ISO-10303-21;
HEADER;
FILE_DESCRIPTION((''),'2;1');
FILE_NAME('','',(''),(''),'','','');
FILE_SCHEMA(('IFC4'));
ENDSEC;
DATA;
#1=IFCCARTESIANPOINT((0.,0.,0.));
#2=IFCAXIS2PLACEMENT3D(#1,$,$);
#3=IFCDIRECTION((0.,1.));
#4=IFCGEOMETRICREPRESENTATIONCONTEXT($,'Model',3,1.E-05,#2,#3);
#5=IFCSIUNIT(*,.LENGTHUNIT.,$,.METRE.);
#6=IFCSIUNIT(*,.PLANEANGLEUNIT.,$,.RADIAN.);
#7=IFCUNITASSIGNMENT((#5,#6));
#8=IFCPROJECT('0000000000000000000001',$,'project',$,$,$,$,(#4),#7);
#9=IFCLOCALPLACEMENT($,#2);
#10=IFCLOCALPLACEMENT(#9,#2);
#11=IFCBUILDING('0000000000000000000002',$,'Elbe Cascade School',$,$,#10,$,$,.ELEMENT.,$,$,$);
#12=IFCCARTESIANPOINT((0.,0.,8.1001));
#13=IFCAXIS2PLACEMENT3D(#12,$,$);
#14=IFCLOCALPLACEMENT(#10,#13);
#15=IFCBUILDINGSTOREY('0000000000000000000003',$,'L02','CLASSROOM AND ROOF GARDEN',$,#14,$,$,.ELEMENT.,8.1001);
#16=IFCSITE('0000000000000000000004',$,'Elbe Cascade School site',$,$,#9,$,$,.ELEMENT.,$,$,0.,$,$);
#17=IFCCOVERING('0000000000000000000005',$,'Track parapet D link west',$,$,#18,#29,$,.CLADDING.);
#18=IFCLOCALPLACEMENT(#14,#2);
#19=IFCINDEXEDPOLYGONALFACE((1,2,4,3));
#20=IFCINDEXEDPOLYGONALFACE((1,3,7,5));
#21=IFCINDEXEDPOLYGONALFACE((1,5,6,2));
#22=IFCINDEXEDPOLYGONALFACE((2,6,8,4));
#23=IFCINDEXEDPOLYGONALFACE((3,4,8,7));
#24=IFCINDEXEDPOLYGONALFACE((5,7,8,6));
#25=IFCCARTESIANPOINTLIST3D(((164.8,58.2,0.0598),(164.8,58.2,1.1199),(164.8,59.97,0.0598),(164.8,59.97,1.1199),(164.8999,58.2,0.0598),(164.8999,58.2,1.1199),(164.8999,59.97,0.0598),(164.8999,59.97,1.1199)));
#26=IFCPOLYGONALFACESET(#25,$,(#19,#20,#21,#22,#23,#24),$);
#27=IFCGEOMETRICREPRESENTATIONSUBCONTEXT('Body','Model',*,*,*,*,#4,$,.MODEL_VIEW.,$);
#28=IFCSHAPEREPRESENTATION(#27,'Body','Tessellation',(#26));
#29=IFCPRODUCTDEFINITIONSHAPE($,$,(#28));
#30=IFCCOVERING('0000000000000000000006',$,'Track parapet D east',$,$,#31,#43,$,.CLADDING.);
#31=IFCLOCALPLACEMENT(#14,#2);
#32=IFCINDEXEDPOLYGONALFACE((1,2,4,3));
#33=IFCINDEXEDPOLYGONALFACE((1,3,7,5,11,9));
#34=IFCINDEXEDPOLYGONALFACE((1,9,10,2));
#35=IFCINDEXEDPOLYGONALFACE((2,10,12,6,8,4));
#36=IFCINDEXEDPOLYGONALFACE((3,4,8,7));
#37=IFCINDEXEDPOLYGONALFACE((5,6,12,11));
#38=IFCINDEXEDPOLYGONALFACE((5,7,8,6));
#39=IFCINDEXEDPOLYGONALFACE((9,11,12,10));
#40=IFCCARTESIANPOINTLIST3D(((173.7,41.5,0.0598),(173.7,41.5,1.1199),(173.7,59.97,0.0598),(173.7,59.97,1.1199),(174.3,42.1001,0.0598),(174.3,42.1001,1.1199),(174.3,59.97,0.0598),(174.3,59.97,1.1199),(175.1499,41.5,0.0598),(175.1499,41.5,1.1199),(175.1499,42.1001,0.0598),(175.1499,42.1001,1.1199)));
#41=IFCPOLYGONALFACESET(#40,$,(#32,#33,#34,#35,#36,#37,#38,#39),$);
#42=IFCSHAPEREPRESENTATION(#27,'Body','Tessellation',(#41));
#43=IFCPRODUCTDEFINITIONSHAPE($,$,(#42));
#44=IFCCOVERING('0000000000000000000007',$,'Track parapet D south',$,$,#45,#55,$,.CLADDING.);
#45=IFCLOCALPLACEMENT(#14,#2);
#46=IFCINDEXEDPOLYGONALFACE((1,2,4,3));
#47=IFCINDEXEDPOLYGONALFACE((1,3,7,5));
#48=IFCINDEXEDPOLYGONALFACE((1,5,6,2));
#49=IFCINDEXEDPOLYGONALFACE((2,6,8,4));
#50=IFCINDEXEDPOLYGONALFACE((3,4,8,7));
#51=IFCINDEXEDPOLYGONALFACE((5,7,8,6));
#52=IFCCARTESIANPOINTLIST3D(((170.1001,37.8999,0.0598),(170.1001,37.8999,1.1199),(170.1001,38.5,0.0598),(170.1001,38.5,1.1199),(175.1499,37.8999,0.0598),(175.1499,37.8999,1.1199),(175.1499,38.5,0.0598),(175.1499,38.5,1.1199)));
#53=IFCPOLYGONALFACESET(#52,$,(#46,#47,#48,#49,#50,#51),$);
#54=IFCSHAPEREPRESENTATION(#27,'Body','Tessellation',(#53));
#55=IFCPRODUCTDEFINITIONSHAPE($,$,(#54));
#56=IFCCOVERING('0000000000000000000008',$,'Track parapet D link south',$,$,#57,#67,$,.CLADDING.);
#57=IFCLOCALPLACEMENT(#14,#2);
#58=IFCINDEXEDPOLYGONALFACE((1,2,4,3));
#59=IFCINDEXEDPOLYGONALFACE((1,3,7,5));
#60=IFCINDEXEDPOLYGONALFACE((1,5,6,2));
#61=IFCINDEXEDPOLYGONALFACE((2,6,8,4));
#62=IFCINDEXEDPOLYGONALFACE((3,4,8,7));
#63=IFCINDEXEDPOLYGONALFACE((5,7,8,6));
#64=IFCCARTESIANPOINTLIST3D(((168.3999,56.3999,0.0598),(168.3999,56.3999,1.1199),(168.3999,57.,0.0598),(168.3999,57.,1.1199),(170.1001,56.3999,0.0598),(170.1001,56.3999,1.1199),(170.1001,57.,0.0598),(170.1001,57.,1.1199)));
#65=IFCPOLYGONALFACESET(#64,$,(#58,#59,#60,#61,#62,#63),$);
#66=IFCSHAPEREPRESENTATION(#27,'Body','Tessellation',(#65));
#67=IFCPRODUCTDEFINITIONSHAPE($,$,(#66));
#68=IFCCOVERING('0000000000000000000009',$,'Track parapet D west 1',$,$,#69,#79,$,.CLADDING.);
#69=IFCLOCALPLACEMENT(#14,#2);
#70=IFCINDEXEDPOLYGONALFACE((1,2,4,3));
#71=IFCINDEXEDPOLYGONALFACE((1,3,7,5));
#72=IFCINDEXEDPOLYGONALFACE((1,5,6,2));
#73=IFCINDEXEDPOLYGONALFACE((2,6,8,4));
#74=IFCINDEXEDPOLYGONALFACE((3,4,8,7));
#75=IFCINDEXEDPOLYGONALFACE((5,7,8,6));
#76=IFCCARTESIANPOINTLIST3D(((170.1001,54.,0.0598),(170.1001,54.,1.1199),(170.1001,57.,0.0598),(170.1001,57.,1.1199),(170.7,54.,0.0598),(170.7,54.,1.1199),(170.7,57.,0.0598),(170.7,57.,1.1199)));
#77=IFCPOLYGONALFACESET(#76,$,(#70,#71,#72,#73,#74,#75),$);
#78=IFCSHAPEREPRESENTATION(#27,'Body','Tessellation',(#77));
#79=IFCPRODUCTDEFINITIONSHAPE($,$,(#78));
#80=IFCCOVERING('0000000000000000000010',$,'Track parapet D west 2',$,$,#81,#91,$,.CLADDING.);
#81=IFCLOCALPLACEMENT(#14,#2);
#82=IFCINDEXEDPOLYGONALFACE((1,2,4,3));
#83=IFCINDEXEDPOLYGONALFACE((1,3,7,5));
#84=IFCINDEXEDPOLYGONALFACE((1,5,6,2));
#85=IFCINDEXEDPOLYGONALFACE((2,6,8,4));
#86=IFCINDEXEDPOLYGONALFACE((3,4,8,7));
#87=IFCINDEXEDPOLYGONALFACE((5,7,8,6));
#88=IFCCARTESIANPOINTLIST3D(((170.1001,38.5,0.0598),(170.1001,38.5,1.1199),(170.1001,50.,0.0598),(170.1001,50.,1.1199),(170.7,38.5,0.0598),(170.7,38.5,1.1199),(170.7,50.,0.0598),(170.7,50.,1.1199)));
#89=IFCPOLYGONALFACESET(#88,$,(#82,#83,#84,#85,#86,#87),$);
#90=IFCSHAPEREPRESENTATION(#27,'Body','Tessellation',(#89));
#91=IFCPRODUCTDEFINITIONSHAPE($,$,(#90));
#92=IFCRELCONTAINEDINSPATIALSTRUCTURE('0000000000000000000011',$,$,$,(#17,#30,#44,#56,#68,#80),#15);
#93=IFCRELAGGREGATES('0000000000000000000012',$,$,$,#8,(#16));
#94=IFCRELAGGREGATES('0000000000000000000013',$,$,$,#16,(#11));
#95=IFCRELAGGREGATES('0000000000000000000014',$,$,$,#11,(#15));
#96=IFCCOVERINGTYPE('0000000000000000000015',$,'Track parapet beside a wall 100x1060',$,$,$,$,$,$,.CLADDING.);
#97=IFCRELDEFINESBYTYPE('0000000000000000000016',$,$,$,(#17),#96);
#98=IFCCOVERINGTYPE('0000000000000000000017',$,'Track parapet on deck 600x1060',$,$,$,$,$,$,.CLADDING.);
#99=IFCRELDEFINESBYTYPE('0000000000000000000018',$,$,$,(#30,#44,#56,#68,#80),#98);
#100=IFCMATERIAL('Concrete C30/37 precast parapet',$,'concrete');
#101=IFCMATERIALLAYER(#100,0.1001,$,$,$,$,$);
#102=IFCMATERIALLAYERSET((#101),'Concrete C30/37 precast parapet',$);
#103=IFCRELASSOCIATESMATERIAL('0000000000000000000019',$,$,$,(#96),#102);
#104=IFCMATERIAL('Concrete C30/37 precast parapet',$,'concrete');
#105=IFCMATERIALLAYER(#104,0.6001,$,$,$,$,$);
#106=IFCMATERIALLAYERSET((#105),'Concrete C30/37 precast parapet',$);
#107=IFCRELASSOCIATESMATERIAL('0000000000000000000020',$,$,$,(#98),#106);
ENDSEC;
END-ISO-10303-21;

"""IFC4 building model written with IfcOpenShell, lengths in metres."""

from ifc_helpers import new_model, si_unit, direction, frame, origin, place, context, subcontext, project, spatial, polyline, outline, extrude, material, layer, layer_set, type_object, element, save


model = new_model("IFC4")

# Units and contexts
model_context = context("Model", 3, precision=1e-05, world=origin(), true_north=direction((0.0, 1.0)))
body_context = subcontext(model_context, "Body", "Model", "MODEL_VIEW")
ifc_project = project(units=[si_unit("LENGTHUNIT", "METRE"), si_unit("PLANEANGLEUNIT", "RADIAN")], contexts=[model_context])

# Site, building, storey
site_placement = place(None, origin())
site = spatial("IfcSite", under=ifc_project, at=site_placement, Name="Elbe Cascade School site", CompositionType="ELEMENT", RefElevation=0.0)
building_placement = place(site_placement, origin())
building = spatial("IfcBuilding", under=site, at=building_placement, Name="Elbe Cascade School", CompositionType="ELEMENT")
storey_placement = place(building_placement, frame((0.0, 0.0, 8.1001)))
storey = spatial("IfcBuildingStorey", under=building, at=storey_placement, Name="L02", Description="CLASSROOM AND ROOF GARDEN", CompositionType="ELEMENT", Elevation=8.1001)

# Coverings
ifc_material_1 = material(Name="Concrete C30/37 precast parapet", Category="concrete")
ifc_layer_1 = layer(ifc_material_1, 0.1001)
ifc_layer_set_1 = layer_set([ifc_layer_1], Name="Concrete C30/37 precast parapet")
covering_type_1 = type_object("IfcCoveringType", Name="Track parapet beside a wall 100x1060", PredefinedType="CLADDING", material=ifc_layer_set_1)
covering_1_placement = place(storey_placement, frame((0.0, 0.0, 0.0598)))
element("IfcCovering", 1, at=covering_1_placement, inside=storey, type_object=covering_type_1, Name="Track parapet D link west", PredefinedType="CLADDING", context=body_context, shape_type="SweptSolid", body=[
    extrude(outline(polyline([(164.8, 58.2), (164.8999, 58.2), (164.8999, 59.97), (164.8, 59.97), (164.8, 58.2)])), origin(), (0.0, 0.0, 1.0), 1.0601),
])
ifc_material_2 = material(Name="Concrete C30/37 precast parapet", Category="concrete")
ifc_layer_2 = layer(ifc_material_2, 0.6001)
ifc_layer_set_2 = layer_set([ifc_layer_2], Name="Concrete C30/37 precast parapet")
covering_type_2 = type_object("IfcCoveringType", Name="Track parapet on deck 600x1060", PredefinedType="CLADDING", material=ifc_layer_set_2)
covering_2_placement = place(storey_placement, frame((0.0, 0.0, 0.0598)))
element("IfcCovering", 2, at=covering_2_placement, inside=storey, type_object=covering_type_2, Name="Track parapet D east", PredefinedType="CLADDING", context=body_context, shape_type="SweptSolid", body=[
    extrude(outline(polyline([(173.7, 59.97), (174.3, 59.97), (174.3, 42.1001), (175.1499, 42.1001), (175.1499, 41.5), (173.7, 41.5), (173.7, 59.97)])), origin(), (0.0, 0.0, 1.0), 1.0601),
])
covering_3_placement = place(storey_placement, frame((0.0, 0.0, 0.0598)))
element("IfcCovering", 3, at=covering_3_placement, inside=storey, type_object=covering_type_2, Name="Track parapet D south", PredefinedType="CLADDING", context=body_context, shape_type="SweptSolid", body=[
    extrude(outline(polyline([(170.1001, 37.8999), (175.1499, 37.8999), (175.1499, 38.5), (170.1001, 38.5), (170.1001, 37.8999)])), origin(), (0.0, 0.0, 1.0), 1.0601),
])
covering_4_placement = place(storey_placement, frame((0.0, 0.0, 0.0598)))
element("IfcCovering", 4, at=covering_4_placement, inside=storey, type_object=covering_type_2, Name="Track parapet D link south", PredefinedType="CLADDING", context=body_context, shape_type="SweptSolid", body=[
    extrude(outline(polyline([(168.3999, 56.3999), (170.1001, 56.3999), (170.1001, 57.0), (168.3999, 57.0), (168.3999, 56.3999)])), origin(), (0.0, 0.0, 1.0), 1.0601),
])
covering_5_placement = place(storey_placement, frame((0.0, 0.0, 0.0598)))
element("IfcCovering", 5, at=covering_5_placement, inside=storey, type_object=covering_type_2, Name="Track parapet D west 1", PredefinedType="CLADDING", context=body_context, shape_type="SweptSolid", body=[
    extrude(outline(polyline([(170.1001, 57.0), (170.7, 57.0), (170.7, 54.0), (170.1001, 54.0), (170.1001, 57.0)])), origin(), (0.0, 0.0, 1.0), 1.0601),
])
covering_6_placement = place(storey_placement, frame((0.0, 0.0, 0.0598)))
element("IfcCovering", 6, at=covering_6_placement, inside=storey, type_object=covering_type_2, Name="Track parapet D west 2", PredefinedType="CLADDING", context=body_context, shape_type="SweptSolid", body=[
    extrude(outline(polyline([(170.1001, 50.0), (170.7, 50.0), (170.7, 38.5), (170.1001, 38.5), (170.1001, 50.0)])), origin(), (0.0, 0.0, 1.0), 1.0601),
])

save(model, "model.ifc")
